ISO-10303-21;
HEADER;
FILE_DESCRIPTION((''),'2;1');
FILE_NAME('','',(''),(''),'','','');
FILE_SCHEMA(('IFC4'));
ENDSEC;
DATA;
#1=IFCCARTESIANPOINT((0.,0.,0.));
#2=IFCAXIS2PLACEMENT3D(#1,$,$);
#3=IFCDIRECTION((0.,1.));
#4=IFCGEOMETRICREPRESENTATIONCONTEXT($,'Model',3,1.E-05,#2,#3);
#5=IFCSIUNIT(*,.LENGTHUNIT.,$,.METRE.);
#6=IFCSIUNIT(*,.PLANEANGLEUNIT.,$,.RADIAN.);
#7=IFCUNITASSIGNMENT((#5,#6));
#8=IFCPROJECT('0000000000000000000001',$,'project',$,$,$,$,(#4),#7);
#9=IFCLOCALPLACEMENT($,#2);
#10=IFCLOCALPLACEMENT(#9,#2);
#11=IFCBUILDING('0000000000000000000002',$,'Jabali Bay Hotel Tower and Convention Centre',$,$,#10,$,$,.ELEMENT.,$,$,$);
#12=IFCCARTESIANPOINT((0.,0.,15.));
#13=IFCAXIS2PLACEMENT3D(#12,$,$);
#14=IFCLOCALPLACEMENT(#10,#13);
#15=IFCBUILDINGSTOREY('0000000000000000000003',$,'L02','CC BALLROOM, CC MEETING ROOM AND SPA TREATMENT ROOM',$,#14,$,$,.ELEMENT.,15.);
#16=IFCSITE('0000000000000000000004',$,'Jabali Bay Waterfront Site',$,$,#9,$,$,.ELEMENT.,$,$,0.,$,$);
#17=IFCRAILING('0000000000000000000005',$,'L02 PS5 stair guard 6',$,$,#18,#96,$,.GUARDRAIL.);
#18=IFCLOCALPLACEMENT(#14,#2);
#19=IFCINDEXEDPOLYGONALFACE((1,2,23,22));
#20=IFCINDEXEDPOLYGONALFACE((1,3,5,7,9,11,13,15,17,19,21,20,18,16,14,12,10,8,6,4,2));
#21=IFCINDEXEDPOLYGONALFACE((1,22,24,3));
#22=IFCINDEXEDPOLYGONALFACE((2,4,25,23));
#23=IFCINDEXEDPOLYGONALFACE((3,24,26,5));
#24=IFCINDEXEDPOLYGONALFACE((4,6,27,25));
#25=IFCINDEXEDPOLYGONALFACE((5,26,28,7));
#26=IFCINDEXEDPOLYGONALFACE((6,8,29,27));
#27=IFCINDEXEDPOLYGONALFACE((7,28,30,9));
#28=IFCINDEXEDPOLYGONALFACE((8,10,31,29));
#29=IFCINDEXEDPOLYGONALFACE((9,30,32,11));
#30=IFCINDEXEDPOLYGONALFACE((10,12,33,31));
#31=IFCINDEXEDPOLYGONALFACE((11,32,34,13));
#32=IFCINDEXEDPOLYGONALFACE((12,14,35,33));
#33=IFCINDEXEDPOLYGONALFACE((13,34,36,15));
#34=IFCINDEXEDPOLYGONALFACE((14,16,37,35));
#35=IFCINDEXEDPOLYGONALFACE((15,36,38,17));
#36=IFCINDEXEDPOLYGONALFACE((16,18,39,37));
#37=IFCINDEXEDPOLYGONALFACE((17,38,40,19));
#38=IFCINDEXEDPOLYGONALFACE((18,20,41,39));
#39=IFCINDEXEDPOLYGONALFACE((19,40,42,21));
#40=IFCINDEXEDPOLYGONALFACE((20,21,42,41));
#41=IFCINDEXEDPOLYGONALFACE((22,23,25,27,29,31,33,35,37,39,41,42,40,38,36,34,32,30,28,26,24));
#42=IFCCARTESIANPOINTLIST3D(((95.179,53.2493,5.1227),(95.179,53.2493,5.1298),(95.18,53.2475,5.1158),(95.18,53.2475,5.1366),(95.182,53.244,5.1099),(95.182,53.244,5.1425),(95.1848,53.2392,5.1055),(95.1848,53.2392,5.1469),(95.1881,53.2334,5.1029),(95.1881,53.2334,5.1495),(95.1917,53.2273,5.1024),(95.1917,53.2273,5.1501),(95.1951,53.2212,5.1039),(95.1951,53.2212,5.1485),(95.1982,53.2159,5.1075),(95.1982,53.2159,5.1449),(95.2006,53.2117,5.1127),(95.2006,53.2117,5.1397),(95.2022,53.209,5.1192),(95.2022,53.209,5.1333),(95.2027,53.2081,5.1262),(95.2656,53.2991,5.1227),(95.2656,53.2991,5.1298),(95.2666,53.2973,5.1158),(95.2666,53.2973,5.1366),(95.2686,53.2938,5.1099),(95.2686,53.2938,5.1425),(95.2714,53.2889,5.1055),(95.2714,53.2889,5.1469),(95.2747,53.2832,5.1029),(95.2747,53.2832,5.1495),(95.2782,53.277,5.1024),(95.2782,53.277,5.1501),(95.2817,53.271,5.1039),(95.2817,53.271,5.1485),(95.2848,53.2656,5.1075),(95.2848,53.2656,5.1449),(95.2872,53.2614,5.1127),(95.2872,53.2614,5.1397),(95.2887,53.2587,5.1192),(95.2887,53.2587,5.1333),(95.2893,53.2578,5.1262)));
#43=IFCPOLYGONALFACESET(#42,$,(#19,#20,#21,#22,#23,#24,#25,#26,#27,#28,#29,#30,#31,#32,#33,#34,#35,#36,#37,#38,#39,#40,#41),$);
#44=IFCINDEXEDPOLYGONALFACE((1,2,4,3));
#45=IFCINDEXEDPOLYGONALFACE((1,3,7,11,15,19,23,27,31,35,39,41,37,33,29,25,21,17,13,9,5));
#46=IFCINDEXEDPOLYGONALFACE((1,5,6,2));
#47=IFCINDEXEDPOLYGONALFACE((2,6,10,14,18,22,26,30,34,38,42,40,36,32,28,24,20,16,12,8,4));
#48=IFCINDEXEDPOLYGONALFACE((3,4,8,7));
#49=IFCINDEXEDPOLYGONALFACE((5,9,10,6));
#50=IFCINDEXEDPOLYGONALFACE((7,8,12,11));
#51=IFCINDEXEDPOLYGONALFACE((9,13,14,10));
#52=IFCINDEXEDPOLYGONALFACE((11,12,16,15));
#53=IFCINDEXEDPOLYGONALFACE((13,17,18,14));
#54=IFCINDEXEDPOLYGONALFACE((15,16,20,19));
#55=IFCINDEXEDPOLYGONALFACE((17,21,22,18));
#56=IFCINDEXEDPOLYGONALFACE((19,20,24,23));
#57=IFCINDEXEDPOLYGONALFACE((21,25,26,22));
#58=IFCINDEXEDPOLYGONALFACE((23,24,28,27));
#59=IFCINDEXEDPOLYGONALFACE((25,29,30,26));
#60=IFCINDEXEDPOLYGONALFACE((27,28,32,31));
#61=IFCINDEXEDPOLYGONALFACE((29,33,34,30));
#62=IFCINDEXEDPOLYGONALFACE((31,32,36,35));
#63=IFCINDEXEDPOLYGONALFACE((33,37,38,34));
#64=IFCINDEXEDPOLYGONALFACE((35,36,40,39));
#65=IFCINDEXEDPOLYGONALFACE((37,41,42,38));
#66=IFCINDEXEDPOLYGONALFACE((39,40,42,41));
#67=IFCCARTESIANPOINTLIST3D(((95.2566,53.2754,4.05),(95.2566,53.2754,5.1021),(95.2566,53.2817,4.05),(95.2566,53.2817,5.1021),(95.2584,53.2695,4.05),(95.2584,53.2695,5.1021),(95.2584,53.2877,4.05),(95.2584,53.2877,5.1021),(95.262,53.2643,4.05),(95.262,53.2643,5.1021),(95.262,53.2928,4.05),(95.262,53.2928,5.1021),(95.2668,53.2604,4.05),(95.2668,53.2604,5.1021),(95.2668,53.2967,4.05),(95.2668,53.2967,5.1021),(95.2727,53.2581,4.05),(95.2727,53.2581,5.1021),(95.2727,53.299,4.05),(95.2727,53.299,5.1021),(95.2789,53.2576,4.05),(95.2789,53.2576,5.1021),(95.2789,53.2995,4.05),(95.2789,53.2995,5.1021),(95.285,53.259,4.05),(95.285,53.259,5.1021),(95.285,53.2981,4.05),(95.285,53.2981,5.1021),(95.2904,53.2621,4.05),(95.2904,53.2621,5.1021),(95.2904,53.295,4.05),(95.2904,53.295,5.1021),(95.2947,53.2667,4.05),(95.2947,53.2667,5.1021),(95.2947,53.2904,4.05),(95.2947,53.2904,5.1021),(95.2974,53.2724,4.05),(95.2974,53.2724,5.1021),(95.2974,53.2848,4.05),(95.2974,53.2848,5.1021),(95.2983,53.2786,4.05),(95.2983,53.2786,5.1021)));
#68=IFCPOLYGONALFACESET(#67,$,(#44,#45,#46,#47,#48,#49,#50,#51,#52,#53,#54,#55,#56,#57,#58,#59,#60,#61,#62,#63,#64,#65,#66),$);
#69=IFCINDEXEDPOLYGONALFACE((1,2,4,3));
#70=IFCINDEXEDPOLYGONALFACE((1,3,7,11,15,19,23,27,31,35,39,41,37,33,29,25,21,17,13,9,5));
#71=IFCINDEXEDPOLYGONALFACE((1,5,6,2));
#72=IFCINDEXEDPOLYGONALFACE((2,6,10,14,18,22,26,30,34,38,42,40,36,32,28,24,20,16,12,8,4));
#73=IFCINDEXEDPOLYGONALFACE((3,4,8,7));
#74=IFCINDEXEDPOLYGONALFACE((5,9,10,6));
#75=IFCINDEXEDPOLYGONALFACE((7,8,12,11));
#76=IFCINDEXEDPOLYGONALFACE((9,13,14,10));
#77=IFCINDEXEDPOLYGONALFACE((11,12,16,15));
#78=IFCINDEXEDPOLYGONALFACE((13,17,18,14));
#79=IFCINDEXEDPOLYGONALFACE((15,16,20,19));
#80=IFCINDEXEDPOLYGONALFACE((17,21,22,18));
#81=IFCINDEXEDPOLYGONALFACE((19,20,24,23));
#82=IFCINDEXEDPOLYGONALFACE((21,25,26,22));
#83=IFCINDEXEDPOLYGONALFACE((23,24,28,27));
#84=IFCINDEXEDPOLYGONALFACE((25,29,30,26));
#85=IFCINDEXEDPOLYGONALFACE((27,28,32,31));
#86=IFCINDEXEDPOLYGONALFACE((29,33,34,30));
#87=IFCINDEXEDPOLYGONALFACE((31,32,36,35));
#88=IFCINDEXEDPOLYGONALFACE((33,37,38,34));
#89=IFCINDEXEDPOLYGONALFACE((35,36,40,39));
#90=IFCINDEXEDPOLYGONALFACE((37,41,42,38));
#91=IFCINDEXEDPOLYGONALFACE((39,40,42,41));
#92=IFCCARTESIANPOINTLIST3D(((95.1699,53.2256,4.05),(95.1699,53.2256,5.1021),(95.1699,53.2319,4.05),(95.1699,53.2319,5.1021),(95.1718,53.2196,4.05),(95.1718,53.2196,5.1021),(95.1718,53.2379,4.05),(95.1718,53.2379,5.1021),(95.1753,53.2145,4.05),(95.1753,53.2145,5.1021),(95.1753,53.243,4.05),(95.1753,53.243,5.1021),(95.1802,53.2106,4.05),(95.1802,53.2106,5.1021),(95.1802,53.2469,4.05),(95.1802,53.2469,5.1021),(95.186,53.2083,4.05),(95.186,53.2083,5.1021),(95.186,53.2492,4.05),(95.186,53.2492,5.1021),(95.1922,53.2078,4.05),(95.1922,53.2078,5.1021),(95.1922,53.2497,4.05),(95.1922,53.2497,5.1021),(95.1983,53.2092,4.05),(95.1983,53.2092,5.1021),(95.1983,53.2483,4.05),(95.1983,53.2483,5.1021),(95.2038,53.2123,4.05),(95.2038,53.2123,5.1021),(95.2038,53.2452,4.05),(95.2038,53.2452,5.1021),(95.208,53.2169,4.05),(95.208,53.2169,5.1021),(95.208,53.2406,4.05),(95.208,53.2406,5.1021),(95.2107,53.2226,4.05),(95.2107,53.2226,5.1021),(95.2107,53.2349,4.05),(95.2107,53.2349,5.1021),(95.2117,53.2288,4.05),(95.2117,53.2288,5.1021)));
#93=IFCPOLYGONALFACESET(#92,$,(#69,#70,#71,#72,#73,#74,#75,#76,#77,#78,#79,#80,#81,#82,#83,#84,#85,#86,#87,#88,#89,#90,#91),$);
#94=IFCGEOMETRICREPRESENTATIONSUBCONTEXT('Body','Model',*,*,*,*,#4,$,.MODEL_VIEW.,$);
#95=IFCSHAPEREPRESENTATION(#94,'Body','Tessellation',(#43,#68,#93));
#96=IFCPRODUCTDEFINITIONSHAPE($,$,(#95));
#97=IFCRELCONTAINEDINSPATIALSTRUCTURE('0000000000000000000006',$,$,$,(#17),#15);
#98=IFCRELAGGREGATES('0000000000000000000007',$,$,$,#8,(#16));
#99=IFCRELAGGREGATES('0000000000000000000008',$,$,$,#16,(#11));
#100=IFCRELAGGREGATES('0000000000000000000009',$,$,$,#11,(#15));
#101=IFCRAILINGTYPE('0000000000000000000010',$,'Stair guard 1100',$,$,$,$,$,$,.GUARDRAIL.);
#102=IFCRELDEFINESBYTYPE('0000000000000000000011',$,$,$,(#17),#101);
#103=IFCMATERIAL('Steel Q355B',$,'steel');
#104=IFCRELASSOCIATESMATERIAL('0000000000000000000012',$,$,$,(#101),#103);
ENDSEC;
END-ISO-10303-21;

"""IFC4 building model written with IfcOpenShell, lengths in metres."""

from ifc_helpers import new_model, si_unit, direction, frame, origin, origin_2d, place, context, subcontext, project, spatial, circle, extrude, material, type_object, element, save


model = new_model("IFC4")

# Units and contexts
model_context = context("Model", 3, precision=1e-05, world=origin(), true_north=direction((0.0, 1.0)))
body_context = subcontext(model_context, "Body", "Model", "MODEL_VIEW")
ifc_project = project(units=[si_unit("LENGTHUNIT", "METRE"), si_unit("PLANEANGLEUNIT", "RADIAN")], contexts=[model_context])

# Site, building, storey
site_placement = place(None, origin())
site = spatial("IfcSite", under=ifc_project, at=site_placement, Name="Jabali Bay Waterfront Site", CompositionType="ELEMENT", RefElevation=0.0)
building_placement = place(site_placement, origin())
building = spatial("IfcBuilding", under=site, at=building_placement, Name="Jabali Bay Hotel Tower and Convention Centre", CompositionType="ELEMENT")
storey_placement = place(building_placement, frame((0.0, 0.0, 15.0)))
storey = spatial("IfcBuildingStorey", under=building, at=storey_placement, Name="L02", Description="CC BALLROOM, CC MEETING ROOM AND SPA TREATMENT ROOM", CompositionType="ELEMENT", Elevation=15.0)

# Railing
ifc_material_1 = material(Name="Steel Q355B", Category="steel")
railing_type_1 = type_object("IfcRailingType", Name="Stair guard 1100", PredefinedType="GUARDRAIL", material=ifc_material_1)
railing_1_placement = place(storey_placement, frame((95.2773, 53.2786, 4.05)))
element("IfcRailing", 1, at=railing_1_placement, inside=storey, type_object=railing_type_1, Name="L02 PS5 stair guard 6", PredefinedType="GUARDRAIL", context=body_context, shape_type="SweptSolid", body=[
    extrude(circle(Radius=0.0239, at=origin_2d()), frame((0.0, 0.0, 1.0762), z_axis=(-0.867038, -0.498242, 0.0), x_axis=(0.498242, -0.867038, 0.0)), (0.0, 0.0, 1.0), 0.0999),
    extrude(circle(Radius=0.021, at=origin_2d()), origin(), (0.0, 0.0, 1.0), 1.052),
    extrude(circle(Radius=0.021, at=origin_2d()), frame((-0.0867, -0.0498, 0.0)), (0.0, 0.0, 1.0), 1.052),
])

save(model, "model.ifc")
